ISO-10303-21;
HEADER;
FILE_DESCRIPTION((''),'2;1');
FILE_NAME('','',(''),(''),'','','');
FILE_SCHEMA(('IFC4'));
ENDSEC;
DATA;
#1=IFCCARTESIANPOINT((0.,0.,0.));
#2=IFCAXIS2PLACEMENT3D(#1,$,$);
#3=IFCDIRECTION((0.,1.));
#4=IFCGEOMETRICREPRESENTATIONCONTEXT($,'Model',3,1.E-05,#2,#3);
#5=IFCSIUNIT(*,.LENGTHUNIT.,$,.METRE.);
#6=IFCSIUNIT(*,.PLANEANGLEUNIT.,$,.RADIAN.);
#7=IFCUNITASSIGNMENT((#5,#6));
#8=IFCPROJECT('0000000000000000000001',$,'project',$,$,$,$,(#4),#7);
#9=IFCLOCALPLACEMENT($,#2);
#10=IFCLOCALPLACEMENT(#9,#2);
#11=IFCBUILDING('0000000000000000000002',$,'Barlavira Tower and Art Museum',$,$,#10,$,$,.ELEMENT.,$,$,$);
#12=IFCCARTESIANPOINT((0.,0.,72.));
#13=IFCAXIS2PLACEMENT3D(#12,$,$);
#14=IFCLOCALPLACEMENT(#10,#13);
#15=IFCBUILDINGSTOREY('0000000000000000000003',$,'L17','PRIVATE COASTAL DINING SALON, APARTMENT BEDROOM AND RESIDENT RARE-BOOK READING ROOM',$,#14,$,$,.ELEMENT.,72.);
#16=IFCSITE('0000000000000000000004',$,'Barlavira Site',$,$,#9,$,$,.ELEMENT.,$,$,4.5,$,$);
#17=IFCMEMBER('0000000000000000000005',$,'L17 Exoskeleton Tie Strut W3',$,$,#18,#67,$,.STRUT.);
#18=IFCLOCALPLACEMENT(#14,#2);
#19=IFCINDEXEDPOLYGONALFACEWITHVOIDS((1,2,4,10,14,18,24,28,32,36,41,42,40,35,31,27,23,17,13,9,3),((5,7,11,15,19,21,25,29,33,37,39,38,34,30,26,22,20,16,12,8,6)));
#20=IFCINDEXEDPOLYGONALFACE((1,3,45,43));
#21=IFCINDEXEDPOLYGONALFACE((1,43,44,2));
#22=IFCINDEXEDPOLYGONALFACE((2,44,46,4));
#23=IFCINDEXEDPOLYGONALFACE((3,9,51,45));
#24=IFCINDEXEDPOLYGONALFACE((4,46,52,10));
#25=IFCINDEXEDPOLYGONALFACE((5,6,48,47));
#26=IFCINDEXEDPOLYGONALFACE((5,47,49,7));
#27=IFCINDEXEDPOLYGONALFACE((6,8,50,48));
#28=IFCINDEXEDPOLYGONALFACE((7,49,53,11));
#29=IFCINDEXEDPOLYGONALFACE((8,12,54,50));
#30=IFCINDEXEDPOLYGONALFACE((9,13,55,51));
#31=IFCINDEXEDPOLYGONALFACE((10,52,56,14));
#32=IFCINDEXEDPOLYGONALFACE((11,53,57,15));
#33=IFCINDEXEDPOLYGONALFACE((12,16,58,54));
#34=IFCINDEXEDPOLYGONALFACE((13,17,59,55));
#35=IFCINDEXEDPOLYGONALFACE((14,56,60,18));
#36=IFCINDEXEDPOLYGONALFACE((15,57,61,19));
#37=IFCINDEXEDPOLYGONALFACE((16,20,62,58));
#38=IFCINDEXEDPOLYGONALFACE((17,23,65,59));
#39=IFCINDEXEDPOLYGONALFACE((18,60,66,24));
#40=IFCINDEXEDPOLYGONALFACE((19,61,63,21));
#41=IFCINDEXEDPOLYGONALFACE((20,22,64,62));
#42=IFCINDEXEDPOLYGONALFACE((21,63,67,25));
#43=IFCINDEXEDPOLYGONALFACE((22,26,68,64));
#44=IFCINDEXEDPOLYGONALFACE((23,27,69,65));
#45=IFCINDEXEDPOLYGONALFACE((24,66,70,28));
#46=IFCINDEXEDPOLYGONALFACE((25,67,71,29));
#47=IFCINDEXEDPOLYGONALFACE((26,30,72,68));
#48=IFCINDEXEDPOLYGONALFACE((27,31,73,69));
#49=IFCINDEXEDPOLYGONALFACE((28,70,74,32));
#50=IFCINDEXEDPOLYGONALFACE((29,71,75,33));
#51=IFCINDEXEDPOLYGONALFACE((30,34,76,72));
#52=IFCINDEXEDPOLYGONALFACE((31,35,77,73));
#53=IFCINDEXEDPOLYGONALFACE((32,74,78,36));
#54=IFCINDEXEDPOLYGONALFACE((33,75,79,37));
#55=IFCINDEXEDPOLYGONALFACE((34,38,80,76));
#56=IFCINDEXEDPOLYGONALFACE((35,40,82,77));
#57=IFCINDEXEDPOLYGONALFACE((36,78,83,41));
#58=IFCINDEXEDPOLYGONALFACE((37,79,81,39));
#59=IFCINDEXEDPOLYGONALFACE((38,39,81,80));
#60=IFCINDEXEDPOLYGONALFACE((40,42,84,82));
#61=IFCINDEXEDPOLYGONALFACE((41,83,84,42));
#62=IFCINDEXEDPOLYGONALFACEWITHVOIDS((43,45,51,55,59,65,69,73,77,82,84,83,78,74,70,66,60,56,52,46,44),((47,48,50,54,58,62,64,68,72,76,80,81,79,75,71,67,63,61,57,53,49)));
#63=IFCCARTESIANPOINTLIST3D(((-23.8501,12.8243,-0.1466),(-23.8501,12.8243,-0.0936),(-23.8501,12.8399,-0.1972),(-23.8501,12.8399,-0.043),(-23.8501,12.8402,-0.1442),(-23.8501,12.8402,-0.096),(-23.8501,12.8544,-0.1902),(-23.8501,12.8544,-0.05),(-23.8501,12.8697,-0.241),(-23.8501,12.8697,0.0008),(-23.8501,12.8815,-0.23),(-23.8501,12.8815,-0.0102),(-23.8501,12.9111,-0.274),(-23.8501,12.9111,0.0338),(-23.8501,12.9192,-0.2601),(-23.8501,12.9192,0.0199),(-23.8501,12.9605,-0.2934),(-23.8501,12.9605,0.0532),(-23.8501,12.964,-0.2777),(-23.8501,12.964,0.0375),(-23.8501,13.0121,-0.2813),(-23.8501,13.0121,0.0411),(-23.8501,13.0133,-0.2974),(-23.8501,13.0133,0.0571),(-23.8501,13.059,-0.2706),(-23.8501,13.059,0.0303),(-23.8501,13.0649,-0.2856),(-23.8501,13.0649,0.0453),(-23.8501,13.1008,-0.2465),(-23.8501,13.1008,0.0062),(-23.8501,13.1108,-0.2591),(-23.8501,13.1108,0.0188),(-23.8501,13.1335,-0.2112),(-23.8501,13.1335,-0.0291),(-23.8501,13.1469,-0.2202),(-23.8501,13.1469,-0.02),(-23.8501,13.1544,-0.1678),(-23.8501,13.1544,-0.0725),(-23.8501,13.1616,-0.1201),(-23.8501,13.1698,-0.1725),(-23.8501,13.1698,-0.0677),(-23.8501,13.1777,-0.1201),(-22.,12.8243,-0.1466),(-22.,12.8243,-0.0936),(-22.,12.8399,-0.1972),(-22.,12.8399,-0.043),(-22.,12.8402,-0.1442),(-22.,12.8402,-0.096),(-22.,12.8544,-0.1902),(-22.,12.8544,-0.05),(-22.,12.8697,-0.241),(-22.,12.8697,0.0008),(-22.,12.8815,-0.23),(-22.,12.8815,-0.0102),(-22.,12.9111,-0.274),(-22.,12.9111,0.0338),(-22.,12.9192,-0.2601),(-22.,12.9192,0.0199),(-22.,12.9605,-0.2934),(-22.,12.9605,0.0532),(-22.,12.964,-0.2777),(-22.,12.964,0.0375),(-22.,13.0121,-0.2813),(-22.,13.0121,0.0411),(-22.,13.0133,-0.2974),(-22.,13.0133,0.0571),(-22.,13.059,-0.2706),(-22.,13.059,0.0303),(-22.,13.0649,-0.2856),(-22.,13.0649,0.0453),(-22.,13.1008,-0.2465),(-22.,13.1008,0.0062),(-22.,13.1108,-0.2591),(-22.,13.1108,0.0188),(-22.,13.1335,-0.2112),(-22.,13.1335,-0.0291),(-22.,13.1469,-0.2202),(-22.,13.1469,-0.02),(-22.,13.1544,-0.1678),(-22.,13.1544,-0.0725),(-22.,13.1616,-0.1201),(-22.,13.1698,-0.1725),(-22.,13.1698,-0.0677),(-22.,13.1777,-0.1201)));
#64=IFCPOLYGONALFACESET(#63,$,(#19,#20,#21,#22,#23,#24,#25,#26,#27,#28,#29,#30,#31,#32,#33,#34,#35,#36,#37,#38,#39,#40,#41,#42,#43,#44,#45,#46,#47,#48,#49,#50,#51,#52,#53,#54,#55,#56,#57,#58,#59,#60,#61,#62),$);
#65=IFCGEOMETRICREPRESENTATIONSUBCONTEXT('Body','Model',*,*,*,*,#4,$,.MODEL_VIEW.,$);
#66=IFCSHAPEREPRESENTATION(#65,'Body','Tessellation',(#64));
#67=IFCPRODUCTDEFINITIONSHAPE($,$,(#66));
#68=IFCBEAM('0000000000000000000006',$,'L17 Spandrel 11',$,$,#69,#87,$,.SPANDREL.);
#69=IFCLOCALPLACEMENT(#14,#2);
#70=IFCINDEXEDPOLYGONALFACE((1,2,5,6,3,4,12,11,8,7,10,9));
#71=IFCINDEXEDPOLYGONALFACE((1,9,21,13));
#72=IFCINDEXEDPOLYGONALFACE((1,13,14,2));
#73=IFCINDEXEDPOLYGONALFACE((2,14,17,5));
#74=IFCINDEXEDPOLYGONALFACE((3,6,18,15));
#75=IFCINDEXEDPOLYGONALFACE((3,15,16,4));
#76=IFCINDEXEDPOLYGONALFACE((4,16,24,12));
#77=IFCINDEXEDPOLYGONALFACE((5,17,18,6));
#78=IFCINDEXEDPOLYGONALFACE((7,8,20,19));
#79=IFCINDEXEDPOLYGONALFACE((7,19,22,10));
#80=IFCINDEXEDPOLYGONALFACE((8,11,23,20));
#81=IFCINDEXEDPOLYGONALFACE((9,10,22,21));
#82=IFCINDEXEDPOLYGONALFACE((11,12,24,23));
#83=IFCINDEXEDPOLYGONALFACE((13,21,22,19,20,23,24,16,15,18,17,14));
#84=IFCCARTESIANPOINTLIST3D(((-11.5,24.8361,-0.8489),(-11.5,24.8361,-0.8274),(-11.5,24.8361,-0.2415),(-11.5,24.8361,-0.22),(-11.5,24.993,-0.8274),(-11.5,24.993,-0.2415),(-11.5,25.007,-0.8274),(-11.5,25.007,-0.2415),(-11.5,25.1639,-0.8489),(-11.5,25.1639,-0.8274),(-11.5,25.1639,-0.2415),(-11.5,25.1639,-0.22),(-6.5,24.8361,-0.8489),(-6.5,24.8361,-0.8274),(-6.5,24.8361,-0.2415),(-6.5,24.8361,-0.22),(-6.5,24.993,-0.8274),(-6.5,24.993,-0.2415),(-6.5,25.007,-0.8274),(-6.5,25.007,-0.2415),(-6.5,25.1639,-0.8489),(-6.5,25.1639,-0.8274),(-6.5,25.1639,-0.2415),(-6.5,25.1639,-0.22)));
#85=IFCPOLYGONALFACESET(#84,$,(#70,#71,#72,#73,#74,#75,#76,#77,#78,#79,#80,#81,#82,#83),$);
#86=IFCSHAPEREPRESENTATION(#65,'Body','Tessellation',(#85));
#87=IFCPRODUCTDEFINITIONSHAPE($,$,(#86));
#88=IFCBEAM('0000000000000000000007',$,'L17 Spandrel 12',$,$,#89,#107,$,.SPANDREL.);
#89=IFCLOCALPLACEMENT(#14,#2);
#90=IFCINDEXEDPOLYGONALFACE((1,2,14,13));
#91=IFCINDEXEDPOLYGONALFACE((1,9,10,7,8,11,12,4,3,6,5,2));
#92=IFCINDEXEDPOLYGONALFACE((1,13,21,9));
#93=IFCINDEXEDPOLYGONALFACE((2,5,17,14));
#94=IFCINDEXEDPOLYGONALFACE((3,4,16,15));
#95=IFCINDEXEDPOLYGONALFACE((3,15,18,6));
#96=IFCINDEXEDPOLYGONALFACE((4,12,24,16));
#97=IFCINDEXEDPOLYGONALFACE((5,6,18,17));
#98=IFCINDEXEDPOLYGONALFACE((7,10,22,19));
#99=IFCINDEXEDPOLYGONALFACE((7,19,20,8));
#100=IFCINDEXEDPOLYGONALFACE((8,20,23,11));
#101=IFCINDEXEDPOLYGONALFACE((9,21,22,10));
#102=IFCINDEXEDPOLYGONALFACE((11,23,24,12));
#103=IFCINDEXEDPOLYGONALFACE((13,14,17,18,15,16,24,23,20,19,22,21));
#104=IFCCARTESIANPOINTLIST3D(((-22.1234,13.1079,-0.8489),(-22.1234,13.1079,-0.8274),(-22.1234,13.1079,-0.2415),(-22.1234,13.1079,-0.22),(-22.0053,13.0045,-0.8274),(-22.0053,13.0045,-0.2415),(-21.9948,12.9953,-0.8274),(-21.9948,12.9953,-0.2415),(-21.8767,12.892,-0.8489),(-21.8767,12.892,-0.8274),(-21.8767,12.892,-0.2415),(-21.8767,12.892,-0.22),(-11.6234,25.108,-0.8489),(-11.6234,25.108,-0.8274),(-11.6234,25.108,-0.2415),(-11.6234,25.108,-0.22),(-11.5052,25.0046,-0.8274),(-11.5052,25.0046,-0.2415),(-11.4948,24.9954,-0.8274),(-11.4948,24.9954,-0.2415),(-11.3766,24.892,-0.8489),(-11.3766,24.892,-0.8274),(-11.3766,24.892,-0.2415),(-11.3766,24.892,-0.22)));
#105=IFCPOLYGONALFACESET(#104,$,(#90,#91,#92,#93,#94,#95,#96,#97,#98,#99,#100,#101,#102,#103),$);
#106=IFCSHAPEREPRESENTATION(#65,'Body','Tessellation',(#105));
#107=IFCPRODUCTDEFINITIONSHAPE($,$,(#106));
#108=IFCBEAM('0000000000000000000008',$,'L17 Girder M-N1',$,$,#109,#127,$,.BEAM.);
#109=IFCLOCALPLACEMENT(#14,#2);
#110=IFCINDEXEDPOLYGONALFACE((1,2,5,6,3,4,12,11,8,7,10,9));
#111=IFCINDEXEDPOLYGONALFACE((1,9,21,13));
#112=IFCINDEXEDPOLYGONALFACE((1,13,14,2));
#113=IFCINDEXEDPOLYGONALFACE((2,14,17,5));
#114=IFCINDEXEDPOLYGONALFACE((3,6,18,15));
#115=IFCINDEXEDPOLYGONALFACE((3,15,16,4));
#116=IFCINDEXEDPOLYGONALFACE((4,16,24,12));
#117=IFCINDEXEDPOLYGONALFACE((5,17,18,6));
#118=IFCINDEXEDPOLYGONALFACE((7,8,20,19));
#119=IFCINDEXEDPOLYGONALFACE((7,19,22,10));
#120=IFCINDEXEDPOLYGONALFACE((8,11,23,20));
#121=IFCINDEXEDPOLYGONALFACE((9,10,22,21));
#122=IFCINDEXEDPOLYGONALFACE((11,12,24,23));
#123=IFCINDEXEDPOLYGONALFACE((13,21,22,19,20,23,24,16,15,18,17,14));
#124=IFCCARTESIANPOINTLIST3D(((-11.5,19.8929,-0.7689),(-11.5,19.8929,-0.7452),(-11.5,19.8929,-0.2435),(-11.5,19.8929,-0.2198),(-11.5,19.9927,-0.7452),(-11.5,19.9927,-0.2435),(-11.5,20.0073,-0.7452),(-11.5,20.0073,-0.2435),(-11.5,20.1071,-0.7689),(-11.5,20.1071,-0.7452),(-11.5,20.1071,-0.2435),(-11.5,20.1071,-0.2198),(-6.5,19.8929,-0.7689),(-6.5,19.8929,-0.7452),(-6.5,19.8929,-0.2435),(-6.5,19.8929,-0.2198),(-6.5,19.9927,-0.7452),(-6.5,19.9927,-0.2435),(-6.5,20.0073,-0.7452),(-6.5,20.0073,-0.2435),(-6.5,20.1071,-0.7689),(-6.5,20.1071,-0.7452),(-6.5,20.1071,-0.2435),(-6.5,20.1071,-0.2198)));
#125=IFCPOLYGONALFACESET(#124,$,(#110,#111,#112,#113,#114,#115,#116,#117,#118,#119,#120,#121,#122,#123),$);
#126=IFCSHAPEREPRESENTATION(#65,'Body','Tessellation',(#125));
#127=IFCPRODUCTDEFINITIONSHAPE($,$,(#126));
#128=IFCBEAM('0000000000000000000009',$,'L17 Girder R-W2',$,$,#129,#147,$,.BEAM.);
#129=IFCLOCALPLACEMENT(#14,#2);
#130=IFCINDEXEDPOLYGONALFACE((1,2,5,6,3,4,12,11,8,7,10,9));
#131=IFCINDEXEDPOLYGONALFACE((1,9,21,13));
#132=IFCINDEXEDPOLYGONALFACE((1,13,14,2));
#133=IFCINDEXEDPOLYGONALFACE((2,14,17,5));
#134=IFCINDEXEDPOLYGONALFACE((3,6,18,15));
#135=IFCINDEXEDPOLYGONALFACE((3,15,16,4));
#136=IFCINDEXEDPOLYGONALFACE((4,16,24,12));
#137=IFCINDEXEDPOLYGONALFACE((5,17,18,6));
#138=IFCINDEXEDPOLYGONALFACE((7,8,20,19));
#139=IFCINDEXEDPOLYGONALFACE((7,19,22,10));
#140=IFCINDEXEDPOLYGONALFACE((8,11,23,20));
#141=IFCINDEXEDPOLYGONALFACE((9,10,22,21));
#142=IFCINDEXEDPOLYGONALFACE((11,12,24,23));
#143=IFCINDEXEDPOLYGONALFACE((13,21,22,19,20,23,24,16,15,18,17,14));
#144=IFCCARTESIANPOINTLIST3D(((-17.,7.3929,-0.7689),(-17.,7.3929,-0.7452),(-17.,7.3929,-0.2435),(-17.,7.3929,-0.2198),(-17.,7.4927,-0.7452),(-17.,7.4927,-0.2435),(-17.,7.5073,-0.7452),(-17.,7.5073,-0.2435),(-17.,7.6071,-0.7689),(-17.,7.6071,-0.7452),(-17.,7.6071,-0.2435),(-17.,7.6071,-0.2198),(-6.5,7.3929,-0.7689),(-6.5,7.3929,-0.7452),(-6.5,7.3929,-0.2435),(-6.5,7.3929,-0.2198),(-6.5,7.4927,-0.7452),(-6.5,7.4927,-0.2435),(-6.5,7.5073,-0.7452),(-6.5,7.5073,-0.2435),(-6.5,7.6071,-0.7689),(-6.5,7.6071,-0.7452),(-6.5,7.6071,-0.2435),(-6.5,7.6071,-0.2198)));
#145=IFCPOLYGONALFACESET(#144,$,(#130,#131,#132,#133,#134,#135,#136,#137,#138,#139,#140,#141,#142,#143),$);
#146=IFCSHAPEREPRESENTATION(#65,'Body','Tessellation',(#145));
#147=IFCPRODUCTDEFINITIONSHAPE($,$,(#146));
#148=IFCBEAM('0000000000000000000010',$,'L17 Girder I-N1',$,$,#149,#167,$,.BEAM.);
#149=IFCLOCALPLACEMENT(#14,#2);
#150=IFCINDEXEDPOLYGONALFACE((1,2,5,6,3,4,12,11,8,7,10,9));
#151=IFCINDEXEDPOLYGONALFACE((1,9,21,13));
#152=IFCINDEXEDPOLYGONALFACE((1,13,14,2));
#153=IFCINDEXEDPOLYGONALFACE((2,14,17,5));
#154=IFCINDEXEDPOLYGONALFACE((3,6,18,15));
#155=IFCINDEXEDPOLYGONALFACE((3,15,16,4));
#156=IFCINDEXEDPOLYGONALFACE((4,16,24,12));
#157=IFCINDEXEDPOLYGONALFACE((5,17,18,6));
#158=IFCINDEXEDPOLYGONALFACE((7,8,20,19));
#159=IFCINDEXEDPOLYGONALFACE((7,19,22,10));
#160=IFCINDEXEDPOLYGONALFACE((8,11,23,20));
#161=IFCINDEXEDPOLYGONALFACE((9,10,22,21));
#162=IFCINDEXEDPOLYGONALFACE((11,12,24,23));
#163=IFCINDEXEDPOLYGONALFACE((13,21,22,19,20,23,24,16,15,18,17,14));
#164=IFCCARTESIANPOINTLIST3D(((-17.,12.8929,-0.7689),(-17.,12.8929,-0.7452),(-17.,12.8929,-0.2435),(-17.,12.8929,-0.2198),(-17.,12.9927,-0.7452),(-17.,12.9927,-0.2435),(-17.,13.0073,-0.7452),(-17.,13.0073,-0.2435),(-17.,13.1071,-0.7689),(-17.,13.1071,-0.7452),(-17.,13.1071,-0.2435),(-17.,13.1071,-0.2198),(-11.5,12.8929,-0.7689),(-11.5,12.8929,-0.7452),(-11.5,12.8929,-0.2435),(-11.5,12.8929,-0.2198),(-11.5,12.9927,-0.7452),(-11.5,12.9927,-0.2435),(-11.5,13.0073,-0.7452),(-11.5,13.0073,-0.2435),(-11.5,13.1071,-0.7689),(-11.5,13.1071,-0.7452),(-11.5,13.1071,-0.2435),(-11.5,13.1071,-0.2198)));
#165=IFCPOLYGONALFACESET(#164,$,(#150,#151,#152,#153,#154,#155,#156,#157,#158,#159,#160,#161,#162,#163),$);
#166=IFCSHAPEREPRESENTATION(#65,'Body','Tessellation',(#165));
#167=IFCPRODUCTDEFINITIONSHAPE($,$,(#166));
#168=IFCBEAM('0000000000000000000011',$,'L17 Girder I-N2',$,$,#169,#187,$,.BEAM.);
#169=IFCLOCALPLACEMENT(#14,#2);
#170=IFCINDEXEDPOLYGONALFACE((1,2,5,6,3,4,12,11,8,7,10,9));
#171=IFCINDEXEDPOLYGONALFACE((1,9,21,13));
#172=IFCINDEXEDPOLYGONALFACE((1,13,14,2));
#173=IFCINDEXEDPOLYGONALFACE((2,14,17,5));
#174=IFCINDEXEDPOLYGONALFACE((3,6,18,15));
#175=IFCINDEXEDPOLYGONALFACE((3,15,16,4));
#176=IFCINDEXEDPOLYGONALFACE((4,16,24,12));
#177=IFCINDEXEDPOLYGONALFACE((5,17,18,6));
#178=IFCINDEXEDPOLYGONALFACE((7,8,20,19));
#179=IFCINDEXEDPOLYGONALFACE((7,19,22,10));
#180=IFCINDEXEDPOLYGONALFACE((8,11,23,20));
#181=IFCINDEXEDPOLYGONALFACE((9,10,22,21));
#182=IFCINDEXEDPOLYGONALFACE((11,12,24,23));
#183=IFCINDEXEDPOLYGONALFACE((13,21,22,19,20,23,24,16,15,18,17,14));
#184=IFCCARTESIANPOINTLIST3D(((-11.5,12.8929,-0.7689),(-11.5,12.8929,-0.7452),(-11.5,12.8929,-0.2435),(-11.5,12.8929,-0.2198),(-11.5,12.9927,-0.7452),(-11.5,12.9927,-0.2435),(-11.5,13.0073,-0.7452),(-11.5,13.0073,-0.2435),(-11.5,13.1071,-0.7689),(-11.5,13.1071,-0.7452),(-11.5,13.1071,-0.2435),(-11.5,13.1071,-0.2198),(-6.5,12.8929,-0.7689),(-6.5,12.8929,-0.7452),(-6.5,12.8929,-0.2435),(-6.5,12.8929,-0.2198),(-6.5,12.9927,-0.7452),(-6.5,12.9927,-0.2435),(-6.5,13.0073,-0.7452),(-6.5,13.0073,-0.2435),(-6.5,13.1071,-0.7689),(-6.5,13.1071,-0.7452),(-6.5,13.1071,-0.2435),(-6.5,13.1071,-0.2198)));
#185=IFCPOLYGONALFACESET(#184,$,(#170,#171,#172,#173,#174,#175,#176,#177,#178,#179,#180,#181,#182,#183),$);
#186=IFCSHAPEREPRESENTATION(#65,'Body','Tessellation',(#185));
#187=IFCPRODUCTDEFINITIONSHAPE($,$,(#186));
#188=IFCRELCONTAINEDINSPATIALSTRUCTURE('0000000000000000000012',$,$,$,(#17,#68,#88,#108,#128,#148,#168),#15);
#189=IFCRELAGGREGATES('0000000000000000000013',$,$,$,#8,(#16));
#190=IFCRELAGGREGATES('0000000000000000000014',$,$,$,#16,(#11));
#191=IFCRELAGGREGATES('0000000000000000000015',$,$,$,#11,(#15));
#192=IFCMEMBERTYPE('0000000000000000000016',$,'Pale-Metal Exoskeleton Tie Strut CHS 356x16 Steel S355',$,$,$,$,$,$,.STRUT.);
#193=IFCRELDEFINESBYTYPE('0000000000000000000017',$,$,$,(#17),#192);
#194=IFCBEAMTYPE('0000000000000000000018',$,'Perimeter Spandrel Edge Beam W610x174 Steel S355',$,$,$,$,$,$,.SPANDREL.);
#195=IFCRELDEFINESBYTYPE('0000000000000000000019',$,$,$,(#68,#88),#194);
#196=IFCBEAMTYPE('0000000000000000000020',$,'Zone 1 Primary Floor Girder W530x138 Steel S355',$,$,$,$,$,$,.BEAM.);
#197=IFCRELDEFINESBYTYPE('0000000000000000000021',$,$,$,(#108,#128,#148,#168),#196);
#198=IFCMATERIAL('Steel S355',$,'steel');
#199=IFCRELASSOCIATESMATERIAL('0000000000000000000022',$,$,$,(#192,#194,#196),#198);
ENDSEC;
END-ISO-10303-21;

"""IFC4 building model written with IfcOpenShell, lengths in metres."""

from ifc_helpers import new_model, si_unit, direction, frame, origin, origin_2d, place, context, subcontext, project, spatial, hollow_circle, i_section, extrude, material, material_profile, profile_set, type_object, element, save


model = new_model("IFC4")

# Units and contexts
model_context = context("Model", 3, precision=1e-05, world=origin(), true_north=direction((0.0, 1.0)))
body_context = subcontext(model_context, "Body", "Model", "MODEL_VIEW")
ifc_project = project(units=[si_unit("LENGTHUNIT", "METRE"), si_unit("PLANEANGLEUNIT", "RADIAN")], contexts=[model_context])

# Site, building, storey
site_placement = place(None, origin())
site = spatial("IfcSite", under=ifc_project, at=site_placement, Name="Barlavira Site", CompositionType="ELEMENT", RefElevation=4.5)
building_placement = place(site_placement, origin())
building = spatial("IfcBuilding", under=site, at=building_placement, Name="Barlavira Tower and Art Museum", CompositionType="ELEMENT")
storey_placement = place(building_placement, frame((0.0, 0.0, 72.0)))
storey = spatial("IfcBuildingStorey", under=building, at=storey_placement, Name="L17", Description="PRIVATE COASTAL DINING SALON, APARTMENT BEDROOM AND RESIDENT RARE-BOOK READING ROOM", CompositionType="ELEMENT", Elevation=72.0)

# Member
ifc_material_1 = material(Name="Steel S355", Category="steel")
ifc_material_profile_1 = material_profile(ifc_material_1, hollow_circle(Radius=0.1777, WallThickness=0.0161, at=origin_2d()), Name="CHS 355.6x16.0")
ifc_profile_set_1 = profile_set([ifc_material_profile_1], Name="Steel S355")
member_type_1 = type_object("IfcMemberType", Name="Pale-Metal Exoskeleton Tie Strut CHS 356x16 Steel S355", PredefinedType="STRUT", material=ifc_profile_set_1)
member_1_placement = place(storey_placement, frame((-23.8501, 13.0, -0.1201), z_axis=(1.0, 0.0, 0.0), x_axis=(0.0, 1.0, 0.0)))
element("IfcMember", 1, at=member_1_placement, inside=storey, type_object=member_type_1, Name="L17 Exoskeleton Tie Strut W3", PredefinedType="STRUT", context=body_context, shape_type="SweptSolid", body=[
    extrude(hollow_circle(Radius=0.1777, WallThickness=0.0161, at=origin_2d()), origin(), (0.0, 0.0, 1.0), 1.8501),
])

# Beams
ifc_material_profile_2 = material_profile(ifc_material_1, i_section(OverallWidth=0.3279, OverallDepth=0.6289, WebThickness=0.0139, FlangeThickness=0.0215, at=origin_2d()), Name="W610x174.0")
ifc_profile_set_2 = profile_set([ifc_material_profile_2], Name="Steel S355")
beam_type_1 = type_object("IfcBeamType", Name="Perimeter Spandrel Edge Beam W610x174 Steel S355", PredefinedType="SPANDREL", material=ifc_profile_set_2)
beam_1_placement = place(storey_placement, frame((-11.5, 25.0, -0.5344), z_axis=(1.0, 0.0, 0.0), x_axis=(0.0, 1.0, 0.0)))
element("IfcBeam", 2, at=beam_1_placement, inside=storey, type_object=beam_type_1, Name="L17 Spandrel 11", PredefinedType="SPANDREL", context=body_context, shape_type="SweptSolid", body=[
    extrude(i_section(OverallWidth=0.3279, OverallDepth=0.6289, WebThickness=0.0139, FlangeThickness=0.0215, at=origin_2d()), origin(), (0.0, 0.0, 1.0), 5.0),
])
beam_2_placement = place(storey_placement, frame((-11.5, 25.0, -0.5344), z_axis=(-0.658505, -0.752577, 0.0), x_axis=(0.752577, -0.658505, 0.0)))
element("IfcBeam", 3, at=beam_2_placement, inside=storey, type_object=beam_type_1, Name="L17 Spandrel 12", PredefinedType="SPANDREL", context=body_context, shape_type="SweptSolid", body=[
    extrude(i_section(OverallWidth=0.3279, OverallDepth=0.6289, WebThickness=0.0139, FlangeThickness=0.0215, at=origin_2d()), origin(), (0.0, 0.0, 1.0), 15.9453),
])
ifc_material_profile_3 = material_profile(ifc_material_1, i_section(OverallWidth=0.2141, OverallDepth=0.5491, WebThickness=0.0146, FlangeThickness=0.0237, at=origin_2d()), Name="W530x138.0")
ifc_profile_set_3 = profile_set([ifc_material_profile_3], Name="Steel S355")
beam_type_2 = type_object("IfcBeamType", Name="Zone 1 Primary Floor Girder W530x138 Steel S355", PredefinedType="BEAM", material=ifc_profile_set_3)
beam_3_placement = place(storey_placement, frame((-11.5, 20.0, -0.4944), z_axis=(1.0, 0.0, 0.0), x_axis=(0.0, 1.0, 0.0)))
element("IfcBeam", 4, at=beam_3_placement, inside=storey, type_object=beam_type_2, Name="L17 Girder M-N1", PredefinedType="BEAM", context=body_context, shape_type="SweptSolid", body=[
    extrude(i_section(OverallWidth=0.2141, OverallDepth=0.5491, WebThickness=0.0146, FlangeThickness=0.0237, at=origin_2d()), origin(), (0.0, 0.0, 1.0), 5.0),
])
beam_4_placement = place(storey_placement, frame((-17.0, 7.5, -0.4944), z_axis=(1.0, 0.0, 0.0), x_axis=(0.0, 1.0, 0.0)))
element("IfcBeam", 5, at=beam_4_placement, inside=storey, type_object=beam_type_2, Name="L17 Girder R-W2", PredefinedType="BEAM", context=body_context, shape_type="SweptSolid", body=[
    extrude(i_section(OverallWidth=0.2141, OverallDepth=0.5491, WebThickness=0.0146, FlangeThickness=0.0237, at=origin_2d()), origin(), (0.0, 0.0, 1.0), 10.5),
])
beam_5_placement = place(storey_placement, frame((-17.0, 13.0, -0.4944), z_axis=(1.0, 0.0, 0.0), x_axis=(0.0, 1.0, 0.0)))
element("IfcBeam", 6, at=beam_5_placement, inside=storey, type_object=beam_type_2, Name="L17 Girder I-N1", PredefinedType="BEAM", context=body_context, shape_type="SweptSolid", body=[
    extrude(i_section(OverallWidth=0.2141, OverallDepth=0.5491, WebThickness=0.0146, FlangeThickness=0.0237, at=origin_2d()), origin(), (0.0, 0.0, 1.0), 5.5),
])
beam_6_placement = place(storey_placement, frame((-11.5, 13.0, -0.4944), z_axis=(1.0, 0.0, 0.0), x_axis=(0.0, 1.0, 0.0)))
element("IfcBeam", 7, at=beam_6_placement, inside=storey, type_object=beam_type_2, Name="L17 Girder I-N2", PredefinedType="BEAM", context=body_context, shape_type="SweptSolid", body=[
    extrude(i_section(OverallWidth=0.2141, OverallDepth=0.5491, WebThickness=0.0146, FlangeThickness=0.0237, at=origin_2d()), origin(), (0.0, 0.0, 1.0), 5.0),
])

save(model, "model.ifc")
